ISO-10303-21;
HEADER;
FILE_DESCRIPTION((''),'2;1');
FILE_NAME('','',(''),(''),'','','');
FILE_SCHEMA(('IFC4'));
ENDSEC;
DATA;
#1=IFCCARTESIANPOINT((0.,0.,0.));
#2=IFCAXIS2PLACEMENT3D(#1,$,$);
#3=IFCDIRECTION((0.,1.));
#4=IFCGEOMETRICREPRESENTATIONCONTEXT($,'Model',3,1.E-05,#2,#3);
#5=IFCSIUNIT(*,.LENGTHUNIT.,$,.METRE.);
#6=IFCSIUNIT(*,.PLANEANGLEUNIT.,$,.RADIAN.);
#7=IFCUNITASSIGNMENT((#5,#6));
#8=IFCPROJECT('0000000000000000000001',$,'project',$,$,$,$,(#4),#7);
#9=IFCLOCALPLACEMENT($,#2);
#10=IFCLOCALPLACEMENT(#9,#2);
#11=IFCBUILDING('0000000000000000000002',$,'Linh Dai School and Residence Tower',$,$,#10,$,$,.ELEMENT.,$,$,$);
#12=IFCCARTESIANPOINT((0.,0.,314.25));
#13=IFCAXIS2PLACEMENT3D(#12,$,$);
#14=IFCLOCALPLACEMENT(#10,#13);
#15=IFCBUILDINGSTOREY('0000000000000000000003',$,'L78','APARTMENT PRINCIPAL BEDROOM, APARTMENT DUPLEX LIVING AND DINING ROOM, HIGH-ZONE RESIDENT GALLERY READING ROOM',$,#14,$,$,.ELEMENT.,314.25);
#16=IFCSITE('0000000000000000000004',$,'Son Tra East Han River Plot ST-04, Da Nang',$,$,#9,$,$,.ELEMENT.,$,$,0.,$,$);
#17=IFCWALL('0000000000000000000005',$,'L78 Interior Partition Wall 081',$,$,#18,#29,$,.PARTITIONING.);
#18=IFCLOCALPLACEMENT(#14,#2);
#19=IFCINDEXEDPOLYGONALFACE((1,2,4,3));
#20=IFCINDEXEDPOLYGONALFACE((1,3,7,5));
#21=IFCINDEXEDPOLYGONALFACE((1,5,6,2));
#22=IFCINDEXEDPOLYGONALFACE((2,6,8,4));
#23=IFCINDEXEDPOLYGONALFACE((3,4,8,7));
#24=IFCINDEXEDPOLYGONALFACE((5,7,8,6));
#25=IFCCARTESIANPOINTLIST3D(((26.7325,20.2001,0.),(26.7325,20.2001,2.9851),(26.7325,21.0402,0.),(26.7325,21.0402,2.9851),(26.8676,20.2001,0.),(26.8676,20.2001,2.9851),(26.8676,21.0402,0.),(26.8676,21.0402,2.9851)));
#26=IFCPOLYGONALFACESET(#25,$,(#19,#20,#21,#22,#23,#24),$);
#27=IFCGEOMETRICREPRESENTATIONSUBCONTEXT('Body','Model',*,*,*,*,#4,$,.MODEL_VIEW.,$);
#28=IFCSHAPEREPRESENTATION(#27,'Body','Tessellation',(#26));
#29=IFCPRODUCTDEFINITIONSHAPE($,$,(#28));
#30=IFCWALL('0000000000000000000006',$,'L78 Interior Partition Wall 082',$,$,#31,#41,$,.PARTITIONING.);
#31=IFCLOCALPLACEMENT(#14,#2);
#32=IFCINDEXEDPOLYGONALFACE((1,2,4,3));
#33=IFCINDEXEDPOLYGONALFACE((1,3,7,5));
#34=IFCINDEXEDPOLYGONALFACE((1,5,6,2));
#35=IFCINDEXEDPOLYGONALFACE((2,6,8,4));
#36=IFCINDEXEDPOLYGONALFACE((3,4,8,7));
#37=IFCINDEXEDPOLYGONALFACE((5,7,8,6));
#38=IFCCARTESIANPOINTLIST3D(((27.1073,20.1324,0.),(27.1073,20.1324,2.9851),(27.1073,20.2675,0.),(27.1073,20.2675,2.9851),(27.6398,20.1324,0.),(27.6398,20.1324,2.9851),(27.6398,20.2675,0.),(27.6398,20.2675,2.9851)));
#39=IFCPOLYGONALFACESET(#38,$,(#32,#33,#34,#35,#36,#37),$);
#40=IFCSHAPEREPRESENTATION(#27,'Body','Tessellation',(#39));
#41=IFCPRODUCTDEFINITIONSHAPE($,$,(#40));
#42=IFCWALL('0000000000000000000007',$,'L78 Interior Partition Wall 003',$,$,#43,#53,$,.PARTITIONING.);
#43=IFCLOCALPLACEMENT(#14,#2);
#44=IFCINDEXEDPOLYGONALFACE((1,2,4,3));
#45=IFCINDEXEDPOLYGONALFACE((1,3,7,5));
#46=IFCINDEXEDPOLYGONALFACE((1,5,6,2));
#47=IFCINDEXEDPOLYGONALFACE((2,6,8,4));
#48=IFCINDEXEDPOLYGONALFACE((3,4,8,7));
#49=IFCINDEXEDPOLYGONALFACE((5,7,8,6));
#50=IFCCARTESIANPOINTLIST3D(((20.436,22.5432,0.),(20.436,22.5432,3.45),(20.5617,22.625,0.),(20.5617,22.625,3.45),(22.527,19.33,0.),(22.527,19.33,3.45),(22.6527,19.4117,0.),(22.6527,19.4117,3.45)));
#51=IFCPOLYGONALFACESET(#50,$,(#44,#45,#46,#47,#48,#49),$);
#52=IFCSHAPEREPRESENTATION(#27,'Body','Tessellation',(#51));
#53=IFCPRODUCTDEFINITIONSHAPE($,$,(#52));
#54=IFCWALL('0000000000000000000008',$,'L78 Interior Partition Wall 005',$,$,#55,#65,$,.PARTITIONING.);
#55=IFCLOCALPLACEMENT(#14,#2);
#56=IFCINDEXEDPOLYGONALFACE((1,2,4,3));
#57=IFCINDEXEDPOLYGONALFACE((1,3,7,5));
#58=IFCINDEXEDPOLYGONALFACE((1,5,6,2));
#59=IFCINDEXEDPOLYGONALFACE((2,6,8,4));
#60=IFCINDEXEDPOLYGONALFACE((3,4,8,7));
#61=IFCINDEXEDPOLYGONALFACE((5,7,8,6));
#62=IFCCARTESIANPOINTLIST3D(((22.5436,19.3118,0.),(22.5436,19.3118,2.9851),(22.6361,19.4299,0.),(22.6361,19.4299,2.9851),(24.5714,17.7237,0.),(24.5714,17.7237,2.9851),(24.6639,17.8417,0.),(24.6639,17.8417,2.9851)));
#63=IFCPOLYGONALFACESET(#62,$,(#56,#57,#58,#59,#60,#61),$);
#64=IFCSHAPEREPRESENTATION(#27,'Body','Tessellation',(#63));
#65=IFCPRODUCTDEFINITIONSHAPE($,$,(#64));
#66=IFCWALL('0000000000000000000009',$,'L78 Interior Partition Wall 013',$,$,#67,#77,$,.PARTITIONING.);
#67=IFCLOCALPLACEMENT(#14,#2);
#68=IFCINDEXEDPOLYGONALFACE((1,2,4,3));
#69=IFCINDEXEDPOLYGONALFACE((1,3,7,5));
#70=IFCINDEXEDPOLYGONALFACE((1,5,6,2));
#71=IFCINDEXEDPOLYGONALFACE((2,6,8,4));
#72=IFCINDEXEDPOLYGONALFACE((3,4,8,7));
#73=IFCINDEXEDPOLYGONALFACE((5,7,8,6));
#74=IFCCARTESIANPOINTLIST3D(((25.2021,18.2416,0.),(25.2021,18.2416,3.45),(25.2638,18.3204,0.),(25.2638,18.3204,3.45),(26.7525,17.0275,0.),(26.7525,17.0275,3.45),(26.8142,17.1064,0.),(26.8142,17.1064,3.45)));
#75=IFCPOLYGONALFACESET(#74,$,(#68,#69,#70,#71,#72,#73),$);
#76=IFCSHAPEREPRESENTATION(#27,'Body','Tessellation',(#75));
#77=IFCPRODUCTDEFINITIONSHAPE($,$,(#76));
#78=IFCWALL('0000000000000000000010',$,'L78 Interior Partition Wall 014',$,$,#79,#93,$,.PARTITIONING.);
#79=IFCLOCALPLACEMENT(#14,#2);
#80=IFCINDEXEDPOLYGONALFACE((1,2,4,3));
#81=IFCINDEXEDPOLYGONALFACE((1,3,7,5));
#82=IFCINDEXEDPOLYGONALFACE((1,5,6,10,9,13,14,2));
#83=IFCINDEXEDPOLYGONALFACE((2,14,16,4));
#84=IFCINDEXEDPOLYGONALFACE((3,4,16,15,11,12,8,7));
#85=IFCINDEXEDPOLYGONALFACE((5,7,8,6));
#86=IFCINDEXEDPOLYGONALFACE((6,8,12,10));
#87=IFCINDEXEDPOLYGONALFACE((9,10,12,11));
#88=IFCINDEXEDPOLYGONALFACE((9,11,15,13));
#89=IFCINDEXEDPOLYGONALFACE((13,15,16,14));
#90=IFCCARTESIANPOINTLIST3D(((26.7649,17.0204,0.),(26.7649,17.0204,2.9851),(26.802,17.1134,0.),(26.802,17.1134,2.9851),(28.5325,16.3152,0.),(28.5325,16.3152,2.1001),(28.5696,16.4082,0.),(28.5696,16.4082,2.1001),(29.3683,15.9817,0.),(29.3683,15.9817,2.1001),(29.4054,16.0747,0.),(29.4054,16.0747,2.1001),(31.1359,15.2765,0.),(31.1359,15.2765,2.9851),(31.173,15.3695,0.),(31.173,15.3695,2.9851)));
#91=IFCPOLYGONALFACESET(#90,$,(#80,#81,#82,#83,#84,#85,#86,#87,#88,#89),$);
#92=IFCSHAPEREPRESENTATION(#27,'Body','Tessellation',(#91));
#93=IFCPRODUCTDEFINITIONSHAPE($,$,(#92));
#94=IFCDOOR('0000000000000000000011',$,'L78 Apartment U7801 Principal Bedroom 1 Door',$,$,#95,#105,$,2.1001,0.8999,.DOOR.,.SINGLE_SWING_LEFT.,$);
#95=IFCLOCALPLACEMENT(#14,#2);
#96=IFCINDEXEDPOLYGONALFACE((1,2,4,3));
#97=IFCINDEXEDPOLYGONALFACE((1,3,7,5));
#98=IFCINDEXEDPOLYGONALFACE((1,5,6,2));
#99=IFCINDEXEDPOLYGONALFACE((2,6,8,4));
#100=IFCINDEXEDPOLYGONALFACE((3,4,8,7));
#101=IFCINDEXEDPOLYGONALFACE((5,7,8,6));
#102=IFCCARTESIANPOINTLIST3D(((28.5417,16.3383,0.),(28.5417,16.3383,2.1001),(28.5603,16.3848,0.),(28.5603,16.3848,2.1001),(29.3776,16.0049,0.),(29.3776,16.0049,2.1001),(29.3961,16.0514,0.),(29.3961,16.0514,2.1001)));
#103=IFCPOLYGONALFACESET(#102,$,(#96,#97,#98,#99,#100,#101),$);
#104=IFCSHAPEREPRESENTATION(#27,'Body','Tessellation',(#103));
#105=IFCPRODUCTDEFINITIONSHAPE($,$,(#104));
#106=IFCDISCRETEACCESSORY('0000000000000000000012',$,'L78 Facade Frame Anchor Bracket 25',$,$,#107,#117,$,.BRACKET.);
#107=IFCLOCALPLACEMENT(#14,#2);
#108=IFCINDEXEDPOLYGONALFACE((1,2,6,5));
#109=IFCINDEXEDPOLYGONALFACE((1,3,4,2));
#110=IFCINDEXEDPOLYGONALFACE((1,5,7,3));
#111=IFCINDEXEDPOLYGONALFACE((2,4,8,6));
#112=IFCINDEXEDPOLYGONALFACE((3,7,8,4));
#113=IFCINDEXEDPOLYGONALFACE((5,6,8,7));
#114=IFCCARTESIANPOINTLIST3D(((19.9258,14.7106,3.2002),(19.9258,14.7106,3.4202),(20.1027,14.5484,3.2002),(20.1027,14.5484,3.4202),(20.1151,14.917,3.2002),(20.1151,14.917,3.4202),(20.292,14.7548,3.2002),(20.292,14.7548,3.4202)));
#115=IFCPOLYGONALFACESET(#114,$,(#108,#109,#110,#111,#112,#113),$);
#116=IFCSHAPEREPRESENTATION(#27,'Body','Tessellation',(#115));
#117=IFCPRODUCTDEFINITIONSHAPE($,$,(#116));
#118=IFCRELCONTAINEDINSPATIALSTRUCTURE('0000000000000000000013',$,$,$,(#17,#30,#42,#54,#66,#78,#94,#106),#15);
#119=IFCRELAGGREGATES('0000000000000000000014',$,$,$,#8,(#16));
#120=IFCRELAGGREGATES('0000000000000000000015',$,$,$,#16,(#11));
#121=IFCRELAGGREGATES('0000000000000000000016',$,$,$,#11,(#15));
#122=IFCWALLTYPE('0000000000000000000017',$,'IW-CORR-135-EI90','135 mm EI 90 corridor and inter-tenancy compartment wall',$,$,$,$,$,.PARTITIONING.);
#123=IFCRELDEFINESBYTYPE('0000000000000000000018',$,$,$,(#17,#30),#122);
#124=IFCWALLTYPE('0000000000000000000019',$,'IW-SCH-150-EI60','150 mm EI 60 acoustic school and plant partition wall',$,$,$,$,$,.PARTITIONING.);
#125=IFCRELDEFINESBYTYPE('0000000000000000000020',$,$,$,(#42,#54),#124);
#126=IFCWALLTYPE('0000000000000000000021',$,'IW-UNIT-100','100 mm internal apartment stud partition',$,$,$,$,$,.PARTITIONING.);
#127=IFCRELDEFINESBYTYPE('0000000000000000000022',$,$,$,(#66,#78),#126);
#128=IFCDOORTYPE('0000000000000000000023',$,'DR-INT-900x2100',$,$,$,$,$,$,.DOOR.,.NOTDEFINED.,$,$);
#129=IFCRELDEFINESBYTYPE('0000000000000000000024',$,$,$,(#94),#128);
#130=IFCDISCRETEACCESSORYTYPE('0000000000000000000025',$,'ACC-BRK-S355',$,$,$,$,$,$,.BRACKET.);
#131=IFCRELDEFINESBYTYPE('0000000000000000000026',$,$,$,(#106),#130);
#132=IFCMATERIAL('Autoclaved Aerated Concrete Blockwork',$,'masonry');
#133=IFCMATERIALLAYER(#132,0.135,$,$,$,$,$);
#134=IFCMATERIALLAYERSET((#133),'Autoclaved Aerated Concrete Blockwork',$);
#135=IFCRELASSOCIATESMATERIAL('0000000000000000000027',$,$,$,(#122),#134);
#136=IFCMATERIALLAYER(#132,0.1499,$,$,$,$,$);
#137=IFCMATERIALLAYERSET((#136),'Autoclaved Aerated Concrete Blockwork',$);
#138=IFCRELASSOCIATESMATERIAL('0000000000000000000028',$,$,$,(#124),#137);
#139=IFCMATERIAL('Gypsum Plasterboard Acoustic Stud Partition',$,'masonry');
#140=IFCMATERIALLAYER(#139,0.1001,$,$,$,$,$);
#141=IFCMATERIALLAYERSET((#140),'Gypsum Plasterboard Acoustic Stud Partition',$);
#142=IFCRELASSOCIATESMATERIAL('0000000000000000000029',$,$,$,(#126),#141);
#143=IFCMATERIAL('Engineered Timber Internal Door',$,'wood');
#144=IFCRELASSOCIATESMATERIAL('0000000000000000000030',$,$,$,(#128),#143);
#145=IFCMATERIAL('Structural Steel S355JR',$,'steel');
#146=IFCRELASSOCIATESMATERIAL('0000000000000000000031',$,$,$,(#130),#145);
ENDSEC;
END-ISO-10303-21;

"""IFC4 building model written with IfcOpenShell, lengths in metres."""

from ifc_helpers import new_model, si_unit, direction, frame, frame_2d, origin, origin_2d, place, context, subcontext, project, spatial, rectangle, extrude, source, transform, mapped, material, layer, layer_set, type_object, element, fill, save


model = new_model("IFC4")

# Units and contexts
model_context = context("Model", 3, precision=1e-05, world=origin(), true_north=direction((0.0, 1.0)))
body_context = subcontext(model_context, "Body", "Model", "MODEL_VIEW")
ifc_project = project(units=[si_unit("LENGTHUNIT", "METRE"), si_unit("PLANEANGLEUNIT", "RADIAN")], contexts=[model_context])

# Site, building, storey
site_placement = place(None, origin())
site = spatial("IfcSite", under=ifc_project, at=site_placement, Name="Son Tra East Han River Plot ST-04, Da Nang", CompositionType="ELEMENT", RefElevation=0.0)
building_placement = place(site_placement, origin())
building = spatial("IfcBuilding", under=site, at=building_placement, Name="Linh Dai School and Residence Tower", CompositionType="ELEMENT")
storey_placement = place(building_placement, frame((0.0, 0.0, 314.25)))
storey = spatial("IfcBuildingStorey", under=building, at=storey_placement, Name="L78", Description="APARTMENT PRINCIPAL BEDROOM, APARTMENT DUPLEX LIVING AND DINING ROOM, HIGH-ZONE RESIDENT GALLERY READING ROOM", CompositionType="ELEMENT", Elevation=314.25)

# Shared definitions
ifc_material_1 = material(Name="Structural Steel S355JR", Category="steel")

# Shared definitions
ifc_material_2 = material(Name="Autoclaved Aerated Concrete Blockwork", Category="masonry")
ifc_layer_1 = layer(ifc_material_2, 0.135)
ifc_layer_set_1 = layer_set([ifc_layer_1], Name="Autoclaved Aerated Concrete Blockwork")
wall_type_1 = type_object("IfcWallType", Name="IW-CORR-135-EI90", Description="135 mm EI 90 corridor and inter-tenancy compartment wall", PredefinedType="PARTITIONING", material=ifc_layer_set_1)

# Walls
wall_1_placement = place(storey_placement, frame((26.8, 21.04, 0.0), z_axis=(0.0, 0.0, 1.0), x_axis=(0.0, -1.0, 0.0)))
element("IfcWall", 1, at=wall_1_placement, inside=storey, type_object=wall_type_1, Name="L78 Interior Partition Wall 081", PredefinedType="PARTITIONING", context=body_context, shape_type="SweptSolid", body=[
    extrude(rectangle(XDim=0.8401, YDim=0.135, at=frame_2d((0.4199, 0.0))), origin(), (0.0, 0.0, 1.0), 2.9851),
])
wall_2_placement = place(storey_placement, frame((27.1074, 20.2, 0.0), z_axis=(0.0, 0.0, 1.0), x_axis=(1.0, 0.0, 0.0)))
element("IfcWall", 2, at=wall_2_placement, inside=storey, type_object=wall_type_1, Name="L78 Interior Partition Wall 082", PredefinedType="PARTITIONING", context=body_context, shape_type="SweptSolid", body=[
    extrude(rectangle(XDim=0.5325, YDim=0.135, at=frame_2d((0.2661, 0.0))), origin(), (0.0, 0.0, 1.0), 2.9851),
])
ifc_layer_2 = layer(ifc_material_2, 0.1499)
ifc_layer_set_2 = layer_set([ifc_layer_2], Name="Autoclaved Aerated Concrete Blockwork")
wall_type_2 = type_object("IfcWallType", Name="IW-SCH-150-EI60", Description="150 mm EI 60 acoustic school and plant partition wall", PredefinedType="PARTITIONING", material=ifc_layer_set_2)
wall_3_placement = place(storey_placement, frame((20.4988, 22.5842, 0.0), z_axis=(0.0, 0.0, 1.0), x_axis=(0.545423, -0.838161, 0.0)))
element("IfcWall", 3, at=wall_3_placement, inside=storey, type_object=wall_type_2, Name="L78 Interior Partition Wall 003", PredefinedType="PARTITIONING", context=body_context, shape_type="SweptSolid", body=[
    extrude(rectangle(XDim=3.8337, YDim=0.1499, at=frame_2d((1.917, 0.0))), origin(), (0.0, 0.0, 1.0), 3.45),
])
wall_4_placement = place(storey_placement, frame((22.5898, 19.3708, 0.0), z_axis=(0.0, 0.0, 1.0), x_axis=(0.787291, -0.616582, 0.0)))
element("IfcWall", 4, at=wall_4_placement, inside=storey, type_object=wall_type_2, Name="L78 Interior Partition Wall 005", PredefinedType="PARTITIONING", context=body_context, shape_type="SweptSolid", body=[
    extrude(rectangle(XDim=2.5757, YDim=0.1499, at=frame_2d((1.2878, 0.0))), origin(), (0.0, 0.0, 1.0), 2.9851),
])
ifc_material_3 = material(Name="Gypsum Plasterboard Acoustic Stud Partition", Category="masonry")
ifc_layer_3 = layer(ifc_material_3, 0.1001)
ifc_layer_set_3 = layer_set([ifc_layer_3], Name="Gypsum Plasterboard Acoustic Stud Partition")
wall_type_3 = type_object("IfcWallType", Name="IW-UNIT-100", Description="100 mm internal apartment stud partition", PredefinedType="PARTITIONING", material=ifc_layer_set_3)
wall_5_placement = place(storey_placement, frame((25.2329, 18.281, 0.0), z_axis=(0.0, 0.0, 1.0), x_axis=(0.787345, -0.616512, 0.0)))
element("IfcWall", 5, at=wall_5_placement, inside=storey, type_object=wall_type_3, Name="L78 Interior Partition Wall 013", PredefinedType="PARTITIONING", context=body_context, shape_type="SweptSolid", body=[
    extrude(rectangle(XDim=1.9692, YDim=0.1001, at=frame_2d((0.9846, 0.0))), origin(), (0.0, 0.0, 1.0), 3.45),
])

# Wall, opening, door
wall_6_placement = place(storey_placement, frame((26.7834, 17.0669, 0.0), z_axis=(0.0, 0.0, 1.0), x_axis=(0.928809, -0.370559, 0.0)))
wall_6 = element("IfcWall", 6, at=wall_6_placement, inside=storey, type_object=wall_type_3, Name="L78 Interior Partition Wall 014", PredefinedType="PARTITIONING", context=body_context, shape_type="SweptSolid", body=[
    extrude(rectangle(XDim=4.7061, YDim=0.1001, at=frame_2d((2.353, 0.0))), origin(), (0.0, 0.0, 1.0), 2.9851),
])
opening_1_placement = place(wall_6_placement, frame((1.9031, 0.0, 0.0)))
opening_1 = element("IfcOpeningElement", 7, at=opening_1_placement, cuts=wall_6, PredefinedType="OPENING", context=body_context, shape_type="SweptSolid", body=[
    extrude(rectangle(XDim=0.8999, YDim=2.1001, at=origin_2d()), frame((0.45, 0.0601, 1.05), z_axis=(0.0, -1.0, 0.0), x_axis=(1.0, 0.0, 0.0)), (0.0, 0.0, 1.0), 0.1201),
])
ifc_material_4 = material(Name="Engineered Timber Internal Door", Category="wood")
door_type_1 = type_object("IfcDoorType", Name="DR-INT-900x2100", OperationType="NOTDEFINED", PredefinedType="DOOR", material=ifc_material_4)
shared_shape_1 = source(origin(), body_context, "Body", "SweptSolid", [
    extrude(rectangle(XDim=0.8999, YDim=2.1001, at=origin_2d()), frame((0.45, 0.0249, 1.05), z_axis=(0.0, -1.0, 0.0), x_axis=(1.0, 0.0, 0.0)), (0.0, 0.0, 1.0), 0.05),
])
door_1_placement = place(opening_1_placement, origin())
door_1 = element("IfcDoor", 8, at=door_1_placement, inside=storey, type_object=door_type_1, Name="L78 Apartment U7801 Principal Bedroom 1 Door", OperationType="SINGLE_SWING_LEFT", OverallHeight=2.1001, OverallWidth=0.8999, PredefinedType="DOOR", context=body_context, shape_type="MappedRepresentation", body=[
    mapped(shared_shape_1, transform((0.0, 0.0, 0.0), x_axis=(1.0, 0.0, 0.0), y_axis=(0.0, 1.0, 0.0), z_axis=(0.0, 0.0, 1.0), scale=1.0)),
])
fill(opening_1, door_1)

# Discrete accessory
discrete_accessory_type = type_object("IfcDiscreteAccessoryType", Name="ACC-BRK-S355", PredefinedType="BRACKET", material=ifc_material_1)
shared_shape_2 = source(origin(), body_context, "Body", "SweptSolid", [
    extrude(rectangle(XDim=0.28, YDim=0.24, at=origin_2d()), origin(), (0.0, 0.0, 1.0), 0.22),
])
discrete_accessory_placement = place(storey_placement, frame((20.1089, 14.7327, 3.2002), z_axis=(0.0, 0.0, 1.0), x_axis=(-0.675779, -0.737104, 0.0)))
element("IfcDiscreteAccessory", 9, at=discrete_accessory_placement, inside=storey, type_object=discrete_accessory_type, Name="L78 Facade Frame Anchor Bracket 25", PredefinedType="BRACKET", context=body_context, shape_type="MappedRepresentation", body=[
    mapped(shared_shape_2, transform((0.0, 0.0, 0.0), x_axis=(1.0, 0.0, 0.0), y_axis=(0.0, 1.0, 0.0), z_axis=(0.0, 0.0, 1.0), scale=1.0)),
])

save(model, "model.ifc")
